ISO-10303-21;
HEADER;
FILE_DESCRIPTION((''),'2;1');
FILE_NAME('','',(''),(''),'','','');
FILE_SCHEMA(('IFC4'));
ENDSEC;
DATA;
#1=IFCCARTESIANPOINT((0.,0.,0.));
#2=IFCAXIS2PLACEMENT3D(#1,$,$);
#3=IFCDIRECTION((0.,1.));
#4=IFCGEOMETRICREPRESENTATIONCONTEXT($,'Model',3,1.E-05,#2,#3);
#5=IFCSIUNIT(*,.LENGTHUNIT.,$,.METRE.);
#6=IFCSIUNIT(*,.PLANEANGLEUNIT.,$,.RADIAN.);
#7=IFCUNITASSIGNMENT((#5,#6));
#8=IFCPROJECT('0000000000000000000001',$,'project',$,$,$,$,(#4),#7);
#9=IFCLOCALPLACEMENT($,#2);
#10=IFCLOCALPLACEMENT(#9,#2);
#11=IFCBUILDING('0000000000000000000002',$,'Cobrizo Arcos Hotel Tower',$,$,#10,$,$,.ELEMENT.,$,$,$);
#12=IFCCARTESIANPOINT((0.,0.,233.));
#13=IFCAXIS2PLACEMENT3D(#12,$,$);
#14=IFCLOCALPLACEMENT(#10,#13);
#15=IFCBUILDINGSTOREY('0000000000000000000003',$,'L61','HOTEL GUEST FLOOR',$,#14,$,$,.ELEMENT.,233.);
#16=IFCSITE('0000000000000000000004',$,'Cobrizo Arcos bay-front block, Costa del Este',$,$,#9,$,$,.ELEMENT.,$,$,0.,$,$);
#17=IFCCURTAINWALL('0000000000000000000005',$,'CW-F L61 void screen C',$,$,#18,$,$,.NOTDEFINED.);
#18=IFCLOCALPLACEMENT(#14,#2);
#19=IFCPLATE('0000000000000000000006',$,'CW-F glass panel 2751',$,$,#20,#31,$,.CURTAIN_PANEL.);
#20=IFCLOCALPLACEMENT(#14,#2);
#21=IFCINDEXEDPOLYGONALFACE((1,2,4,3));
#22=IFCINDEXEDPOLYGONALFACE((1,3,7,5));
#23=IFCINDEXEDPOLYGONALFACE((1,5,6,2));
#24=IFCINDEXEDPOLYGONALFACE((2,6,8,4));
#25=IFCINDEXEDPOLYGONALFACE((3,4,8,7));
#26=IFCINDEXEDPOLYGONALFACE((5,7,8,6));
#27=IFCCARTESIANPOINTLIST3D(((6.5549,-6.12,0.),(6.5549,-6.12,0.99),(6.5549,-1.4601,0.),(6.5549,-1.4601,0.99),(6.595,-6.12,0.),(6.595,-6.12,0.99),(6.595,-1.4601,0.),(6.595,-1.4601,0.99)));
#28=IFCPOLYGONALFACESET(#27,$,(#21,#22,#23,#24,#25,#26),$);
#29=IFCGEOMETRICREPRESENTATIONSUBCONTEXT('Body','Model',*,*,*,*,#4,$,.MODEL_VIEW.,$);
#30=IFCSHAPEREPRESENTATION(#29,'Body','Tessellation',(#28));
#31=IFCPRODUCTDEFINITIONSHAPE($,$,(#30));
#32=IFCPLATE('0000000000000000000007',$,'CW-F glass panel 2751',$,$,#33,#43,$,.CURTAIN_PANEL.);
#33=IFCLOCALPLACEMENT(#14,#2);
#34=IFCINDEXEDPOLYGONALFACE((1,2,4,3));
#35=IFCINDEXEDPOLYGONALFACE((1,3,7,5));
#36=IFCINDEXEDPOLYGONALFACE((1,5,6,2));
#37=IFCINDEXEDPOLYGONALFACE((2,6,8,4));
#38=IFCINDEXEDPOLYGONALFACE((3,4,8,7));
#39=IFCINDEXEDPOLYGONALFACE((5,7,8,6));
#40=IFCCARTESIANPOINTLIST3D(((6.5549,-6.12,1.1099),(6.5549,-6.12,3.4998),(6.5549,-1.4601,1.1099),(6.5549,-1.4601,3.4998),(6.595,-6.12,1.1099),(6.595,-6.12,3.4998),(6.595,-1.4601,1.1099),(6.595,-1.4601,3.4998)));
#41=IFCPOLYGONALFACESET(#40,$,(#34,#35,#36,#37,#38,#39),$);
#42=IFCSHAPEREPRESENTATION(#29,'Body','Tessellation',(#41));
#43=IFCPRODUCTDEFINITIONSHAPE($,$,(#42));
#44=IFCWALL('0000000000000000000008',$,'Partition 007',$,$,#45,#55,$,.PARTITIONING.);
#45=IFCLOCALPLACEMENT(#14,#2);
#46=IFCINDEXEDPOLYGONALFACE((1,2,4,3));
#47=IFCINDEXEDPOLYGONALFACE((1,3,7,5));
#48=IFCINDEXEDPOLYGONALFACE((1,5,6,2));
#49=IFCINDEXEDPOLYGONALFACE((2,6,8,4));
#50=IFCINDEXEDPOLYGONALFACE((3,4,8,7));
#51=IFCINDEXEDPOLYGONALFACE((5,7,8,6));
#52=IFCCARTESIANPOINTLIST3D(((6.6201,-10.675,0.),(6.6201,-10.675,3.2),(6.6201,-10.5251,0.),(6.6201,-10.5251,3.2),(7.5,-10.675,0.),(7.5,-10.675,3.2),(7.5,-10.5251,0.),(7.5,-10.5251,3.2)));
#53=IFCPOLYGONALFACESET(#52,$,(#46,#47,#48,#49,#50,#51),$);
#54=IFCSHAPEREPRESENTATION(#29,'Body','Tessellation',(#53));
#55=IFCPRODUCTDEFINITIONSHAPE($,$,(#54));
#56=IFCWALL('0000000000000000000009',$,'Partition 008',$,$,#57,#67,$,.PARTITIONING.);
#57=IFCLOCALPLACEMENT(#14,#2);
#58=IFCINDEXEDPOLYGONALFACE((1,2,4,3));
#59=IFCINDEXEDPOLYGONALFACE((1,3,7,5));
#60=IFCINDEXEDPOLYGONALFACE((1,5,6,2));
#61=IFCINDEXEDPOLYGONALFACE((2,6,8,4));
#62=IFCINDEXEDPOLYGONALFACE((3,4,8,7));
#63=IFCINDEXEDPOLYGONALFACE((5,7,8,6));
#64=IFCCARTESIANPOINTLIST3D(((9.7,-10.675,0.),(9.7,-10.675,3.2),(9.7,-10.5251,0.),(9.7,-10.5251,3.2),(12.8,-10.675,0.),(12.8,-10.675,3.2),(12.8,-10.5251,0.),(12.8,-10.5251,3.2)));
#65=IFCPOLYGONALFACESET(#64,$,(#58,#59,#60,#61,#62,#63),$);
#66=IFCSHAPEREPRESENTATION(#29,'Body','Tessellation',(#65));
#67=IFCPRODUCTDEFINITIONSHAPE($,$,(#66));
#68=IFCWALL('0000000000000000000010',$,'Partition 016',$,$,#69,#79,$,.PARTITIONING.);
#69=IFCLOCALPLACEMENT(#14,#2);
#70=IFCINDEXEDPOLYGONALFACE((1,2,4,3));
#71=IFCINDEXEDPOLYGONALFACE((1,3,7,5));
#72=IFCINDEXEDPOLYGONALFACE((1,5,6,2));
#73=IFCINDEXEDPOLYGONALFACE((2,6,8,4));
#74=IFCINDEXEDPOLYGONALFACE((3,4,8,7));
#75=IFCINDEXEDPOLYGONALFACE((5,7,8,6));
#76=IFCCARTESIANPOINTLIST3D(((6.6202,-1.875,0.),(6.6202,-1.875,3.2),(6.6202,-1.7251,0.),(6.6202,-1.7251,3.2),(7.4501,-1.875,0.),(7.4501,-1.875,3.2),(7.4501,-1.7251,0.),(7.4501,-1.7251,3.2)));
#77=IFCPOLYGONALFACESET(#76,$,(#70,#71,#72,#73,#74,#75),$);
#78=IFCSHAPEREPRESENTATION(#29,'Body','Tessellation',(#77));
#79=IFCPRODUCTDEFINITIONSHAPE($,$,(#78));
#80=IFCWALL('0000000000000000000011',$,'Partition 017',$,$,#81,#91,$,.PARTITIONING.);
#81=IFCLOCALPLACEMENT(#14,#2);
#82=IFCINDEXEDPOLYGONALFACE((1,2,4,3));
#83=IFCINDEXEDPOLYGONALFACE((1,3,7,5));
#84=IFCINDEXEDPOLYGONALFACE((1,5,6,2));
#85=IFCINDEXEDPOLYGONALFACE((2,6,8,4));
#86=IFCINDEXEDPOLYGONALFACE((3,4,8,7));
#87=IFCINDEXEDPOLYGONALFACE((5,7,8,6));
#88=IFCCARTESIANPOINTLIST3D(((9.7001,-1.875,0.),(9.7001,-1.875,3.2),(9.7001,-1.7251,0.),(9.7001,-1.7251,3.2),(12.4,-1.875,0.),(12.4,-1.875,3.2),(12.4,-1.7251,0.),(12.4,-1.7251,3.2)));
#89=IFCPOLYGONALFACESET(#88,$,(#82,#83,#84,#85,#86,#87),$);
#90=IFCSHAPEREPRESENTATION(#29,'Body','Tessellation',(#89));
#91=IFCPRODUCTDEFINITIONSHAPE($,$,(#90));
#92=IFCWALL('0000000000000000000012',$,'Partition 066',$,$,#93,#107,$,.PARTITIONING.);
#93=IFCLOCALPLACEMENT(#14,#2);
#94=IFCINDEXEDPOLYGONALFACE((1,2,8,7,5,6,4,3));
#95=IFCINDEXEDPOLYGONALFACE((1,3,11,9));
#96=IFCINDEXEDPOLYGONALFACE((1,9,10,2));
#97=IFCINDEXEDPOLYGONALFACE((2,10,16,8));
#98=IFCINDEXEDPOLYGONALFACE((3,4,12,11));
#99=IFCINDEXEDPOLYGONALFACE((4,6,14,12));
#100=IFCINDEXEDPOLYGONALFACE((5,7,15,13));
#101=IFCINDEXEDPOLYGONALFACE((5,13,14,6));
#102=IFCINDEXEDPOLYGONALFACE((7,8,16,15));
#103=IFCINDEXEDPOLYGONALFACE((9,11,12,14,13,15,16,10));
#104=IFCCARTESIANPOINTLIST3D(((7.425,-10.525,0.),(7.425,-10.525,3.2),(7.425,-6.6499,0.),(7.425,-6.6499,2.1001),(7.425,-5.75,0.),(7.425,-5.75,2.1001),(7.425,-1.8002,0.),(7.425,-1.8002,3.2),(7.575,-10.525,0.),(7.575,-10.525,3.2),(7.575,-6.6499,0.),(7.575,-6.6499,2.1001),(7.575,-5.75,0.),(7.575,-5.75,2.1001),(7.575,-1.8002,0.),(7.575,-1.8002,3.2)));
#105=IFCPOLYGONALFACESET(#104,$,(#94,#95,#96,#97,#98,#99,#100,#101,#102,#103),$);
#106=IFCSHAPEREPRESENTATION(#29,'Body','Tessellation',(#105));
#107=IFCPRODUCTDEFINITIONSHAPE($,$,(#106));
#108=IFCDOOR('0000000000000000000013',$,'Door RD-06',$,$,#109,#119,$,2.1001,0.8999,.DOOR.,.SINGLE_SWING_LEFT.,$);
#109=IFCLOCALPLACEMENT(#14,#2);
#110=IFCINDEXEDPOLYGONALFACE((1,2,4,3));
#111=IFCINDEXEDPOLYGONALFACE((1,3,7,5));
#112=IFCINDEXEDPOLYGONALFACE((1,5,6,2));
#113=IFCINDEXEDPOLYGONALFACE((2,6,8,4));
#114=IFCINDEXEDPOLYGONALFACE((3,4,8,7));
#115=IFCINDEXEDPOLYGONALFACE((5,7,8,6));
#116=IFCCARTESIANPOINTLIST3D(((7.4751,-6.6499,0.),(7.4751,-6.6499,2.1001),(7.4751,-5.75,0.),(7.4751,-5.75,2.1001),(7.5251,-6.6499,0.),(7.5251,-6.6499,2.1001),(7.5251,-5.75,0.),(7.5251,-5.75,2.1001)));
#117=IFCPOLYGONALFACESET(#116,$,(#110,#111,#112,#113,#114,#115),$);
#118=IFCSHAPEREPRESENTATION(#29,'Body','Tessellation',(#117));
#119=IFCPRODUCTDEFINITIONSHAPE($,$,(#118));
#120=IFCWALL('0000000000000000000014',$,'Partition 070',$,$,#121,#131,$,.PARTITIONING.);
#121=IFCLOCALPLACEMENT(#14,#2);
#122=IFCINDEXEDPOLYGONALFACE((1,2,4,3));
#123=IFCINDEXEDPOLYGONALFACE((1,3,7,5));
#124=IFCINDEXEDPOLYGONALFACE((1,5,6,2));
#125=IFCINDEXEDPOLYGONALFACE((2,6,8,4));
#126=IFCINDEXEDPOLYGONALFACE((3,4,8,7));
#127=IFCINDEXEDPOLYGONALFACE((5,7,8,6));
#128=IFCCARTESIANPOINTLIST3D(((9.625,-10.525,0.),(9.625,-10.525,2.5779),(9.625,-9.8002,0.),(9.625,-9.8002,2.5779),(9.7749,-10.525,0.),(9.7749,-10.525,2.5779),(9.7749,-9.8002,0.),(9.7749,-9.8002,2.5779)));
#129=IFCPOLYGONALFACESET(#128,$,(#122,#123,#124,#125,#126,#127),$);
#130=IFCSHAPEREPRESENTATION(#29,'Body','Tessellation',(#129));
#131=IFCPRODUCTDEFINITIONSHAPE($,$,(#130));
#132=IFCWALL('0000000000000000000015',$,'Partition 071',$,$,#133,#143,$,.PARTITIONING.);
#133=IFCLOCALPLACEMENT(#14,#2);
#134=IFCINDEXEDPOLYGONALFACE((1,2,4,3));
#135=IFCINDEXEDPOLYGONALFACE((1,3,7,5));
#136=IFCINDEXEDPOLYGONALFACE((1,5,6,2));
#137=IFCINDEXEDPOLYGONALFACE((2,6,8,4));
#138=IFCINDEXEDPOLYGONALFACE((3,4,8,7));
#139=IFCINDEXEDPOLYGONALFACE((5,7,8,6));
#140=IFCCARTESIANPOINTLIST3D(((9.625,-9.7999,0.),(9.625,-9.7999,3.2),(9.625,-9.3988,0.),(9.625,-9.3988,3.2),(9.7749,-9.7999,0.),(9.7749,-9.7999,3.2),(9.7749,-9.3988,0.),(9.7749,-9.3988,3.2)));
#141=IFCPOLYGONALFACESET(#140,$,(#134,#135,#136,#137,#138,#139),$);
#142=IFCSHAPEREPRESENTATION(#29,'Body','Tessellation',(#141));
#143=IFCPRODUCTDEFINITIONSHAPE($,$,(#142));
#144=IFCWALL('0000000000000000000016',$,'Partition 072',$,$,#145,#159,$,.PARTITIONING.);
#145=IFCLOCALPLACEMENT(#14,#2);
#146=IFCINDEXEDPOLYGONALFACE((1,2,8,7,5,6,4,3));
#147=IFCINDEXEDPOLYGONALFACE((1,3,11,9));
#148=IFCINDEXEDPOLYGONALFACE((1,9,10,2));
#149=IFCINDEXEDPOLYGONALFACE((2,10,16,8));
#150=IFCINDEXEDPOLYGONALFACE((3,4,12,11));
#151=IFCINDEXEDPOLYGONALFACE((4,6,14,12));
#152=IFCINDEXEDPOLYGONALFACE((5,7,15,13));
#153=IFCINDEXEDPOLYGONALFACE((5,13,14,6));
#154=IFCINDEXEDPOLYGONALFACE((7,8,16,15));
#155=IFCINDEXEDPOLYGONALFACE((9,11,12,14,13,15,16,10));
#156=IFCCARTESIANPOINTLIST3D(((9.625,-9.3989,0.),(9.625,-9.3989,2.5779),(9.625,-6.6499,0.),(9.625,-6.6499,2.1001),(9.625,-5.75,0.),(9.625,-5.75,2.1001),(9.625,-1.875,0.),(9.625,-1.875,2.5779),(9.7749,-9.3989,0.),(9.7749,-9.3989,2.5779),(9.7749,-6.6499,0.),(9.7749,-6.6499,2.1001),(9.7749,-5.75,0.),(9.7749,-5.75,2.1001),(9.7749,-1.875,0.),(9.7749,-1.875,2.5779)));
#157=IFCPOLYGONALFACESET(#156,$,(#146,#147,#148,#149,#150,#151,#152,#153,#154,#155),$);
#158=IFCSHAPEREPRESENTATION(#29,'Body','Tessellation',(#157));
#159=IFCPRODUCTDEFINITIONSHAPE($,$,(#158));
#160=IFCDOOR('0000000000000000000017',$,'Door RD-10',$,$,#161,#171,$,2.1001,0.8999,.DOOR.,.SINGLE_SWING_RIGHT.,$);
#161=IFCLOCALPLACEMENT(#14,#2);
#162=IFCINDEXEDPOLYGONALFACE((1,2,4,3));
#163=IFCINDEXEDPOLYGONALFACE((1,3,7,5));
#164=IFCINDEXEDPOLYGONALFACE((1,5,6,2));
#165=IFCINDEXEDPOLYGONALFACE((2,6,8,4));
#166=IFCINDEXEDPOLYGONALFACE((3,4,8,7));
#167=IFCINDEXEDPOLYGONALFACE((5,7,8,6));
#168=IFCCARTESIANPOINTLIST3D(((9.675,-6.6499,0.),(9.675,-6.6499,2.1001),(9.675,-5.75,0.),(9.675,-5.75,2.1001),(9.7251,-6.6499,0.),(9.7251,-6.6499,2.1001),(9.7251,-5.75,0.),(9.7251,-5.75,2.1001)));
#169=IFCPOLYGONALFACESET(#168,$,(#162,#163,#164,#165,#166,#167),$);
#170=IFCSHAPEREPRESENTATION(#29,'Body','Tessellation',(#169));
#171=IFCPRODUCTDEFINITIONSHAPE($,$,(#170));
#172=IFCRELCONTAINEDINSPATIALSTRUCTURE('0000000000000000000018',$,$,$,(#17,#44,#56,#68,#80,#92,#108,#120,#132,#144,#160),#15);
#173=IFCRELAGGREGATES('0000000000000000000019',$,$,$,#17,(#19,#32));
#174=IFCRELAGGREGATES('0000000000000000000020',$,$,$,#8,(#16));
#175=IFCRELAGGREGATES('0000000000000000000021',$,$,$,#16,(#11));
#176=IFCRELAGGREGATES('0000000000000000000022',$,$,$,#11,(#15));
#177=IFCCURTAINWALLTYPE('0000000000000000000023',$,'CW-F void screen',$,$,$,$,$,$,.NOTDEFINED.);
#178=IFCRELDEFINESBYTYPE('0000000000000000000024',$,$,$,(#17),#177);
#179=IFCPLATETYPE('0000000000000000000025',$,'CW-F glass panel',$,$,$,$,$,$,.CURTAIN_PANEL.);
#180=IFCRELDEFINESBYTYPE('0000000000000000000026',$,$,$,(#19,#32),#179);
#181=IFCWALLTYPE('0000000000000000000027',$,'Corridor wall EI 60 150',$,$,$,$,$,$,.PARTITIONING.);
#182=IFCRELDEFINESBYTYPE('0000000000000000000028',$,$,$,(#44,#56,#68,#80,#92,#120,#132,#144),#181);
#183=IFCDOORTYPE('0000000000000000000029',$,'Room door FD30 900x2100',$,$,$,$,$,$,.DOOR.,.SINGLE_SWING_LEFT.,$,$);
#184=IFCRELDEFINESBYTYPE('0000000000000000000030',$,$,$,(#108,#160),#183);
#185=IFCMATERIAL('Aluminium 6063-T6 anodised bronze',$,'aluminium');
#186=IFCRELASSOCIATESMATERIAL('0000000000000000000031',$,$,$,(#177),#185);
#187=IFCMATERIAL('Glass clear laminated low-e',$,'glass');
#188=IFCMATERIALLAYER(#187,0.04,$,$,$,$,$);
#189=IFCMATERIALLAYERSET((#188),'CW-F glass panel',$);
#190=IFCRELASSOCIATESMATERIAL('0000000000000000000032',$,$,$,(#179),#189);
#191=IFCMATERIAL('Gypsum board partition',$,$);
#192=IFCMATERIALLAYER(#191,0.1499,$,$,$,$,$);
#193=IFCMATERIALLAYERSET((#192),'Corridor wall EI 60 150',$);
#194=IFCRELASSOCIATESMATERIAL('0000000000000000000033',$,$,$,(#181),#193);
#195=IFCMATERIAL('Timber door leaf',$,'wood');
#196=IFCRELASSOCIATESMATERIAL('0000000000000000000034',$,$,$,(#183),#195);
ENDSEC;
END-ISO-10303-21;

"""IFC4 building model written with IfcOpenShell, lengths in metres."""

from ifc_helpers import new_model, si_unit, direction, frame, frame_2d, origin, origin_2d, place, context, subcontext, project, spatial, rectangle, extrude, material, layer, layer_set, type_object, element, fill, aggregate, save


model = new_model("IFC4")

# Units and contexts
model_context = context("Model", 3, precision=1e-05, world=origin(), true_north=direction((0.0, 1.0)))
body_context = subcontext(model_context, "Body", "Model", "MODEL_VIEW")
ifc_project = project(units=[si_unit("LENGTHUNIT", "METRE"), si_unit("PLANEANGLEUNIT", "RADIAN")], contexts=[model_context])

# Site, building, storey
site_placement = place(None, origin())
site = spatial("IfcSite", under=ifc_project, at=site_placement, Name="Cobrizo Arcos bay-front block, Costa del Este", CompositionType="ELEMENT", RefElevation=0.0)
building_placement = place(site_placement, origin())
building = spatial("IfcBuilding", under=site, at=building_placement, Name="Cobrizo Arcos Hotel Tower", CompositionType="ELEMENT")
storey_placement = place(building_placement, frame((0.0, 0.0, 233.0)))
storey = spatial("IfcBuildingStorey", under=building, at=storey_placement, Name="L61", Description="HOTEL GUEST FLOOR", CompositionType="ELEMENT", Elevation=233.0)

# Curtain wall
ifc_material_1 = material(Name="Aluminium 6063-T6 anodised bronze", Category="aluminium")
curtain_wall_type = type_object("IfcCurtainWallType", Name="CW-F void screen", PredefinedType="NOTDEFINED", material=ifc_material_1)
curtain_wall_placement = place(storey_placement, origin())
curtain_wall = element("IfcCurtainWall", 1, at=curtain_wall_placement, inside=storey, type_object=curtain_wall_type, Name="CW-F L61 void screen C", PredefinedType="NOTDEFINED")

# Plates
ifc_material_2 = material(Name="Glass clear laminated low-e", Category="glass")
ifc_layer_1 = layer(ifc_material_2, 0.04)
ifc_layer_set_1 = layer_set([ifc_layer_1], Name="CW-F glass panel")
plate_type = type_object("IfcPlateType", Name="CW-F glass panel", PredefinedType="CURTAIN_PANEL", material=ifc_layer_set_1)
plate_1_placement = place(storey_placement, frame((6.575, -3.79, 0.0), z_axis=(0.0, 0.0, 1.0), x_axis=(0.0, 1.0, 0.0)))
plate_1 = element("IfcPlate", 2, at=plate_1_placement, type_object=plate_type, Name="CW-F glass panel 2751", PredefinedType="CURTAIN_PANEL", context=body_context, shape_type="SweptSolid", body=[
    extrude(rectangle(XDim=4.6599, YDim=0.04, at=origin_2d()), origin(), (0.0, 0.0, 1.0), 0.99),
])
plate_2_placement = place(storey_placement, frame((6.575, -3.79, 1.1099), z_axis=(0.0, 0.0, 1.0), x_axis=(0.0, 1.0, 0.0)))
plate_2 = element("IfcPlate", 3, at=plate_2_placement, type_object=plate_type, Name="CW-F glass panel 2751", PredefinedType="CURTAIN_PANEL", context=body_context, shape_type="SweptSolid", body=[
    extrude(rectangle(XDim=4.6599, YDim=0.04, at=origin_2d()), origin(), (0.0, 0.0, 1.0), 2.3899),
])
aggregate(curtain_wall, [plate_1, plate_2])

# Walls
ifc_material_3 = material(Name="Gypsum board partition")
ifc_layer_2 = layer(ifc_material_3, 0.1499)
ifc_layer_set_2 = layer_set([ifc_layer_2], Name="Corridor wall EI 60 150")
wall_type_1 = type_object("IfcWallType", Name="Corridor wall EI 60 150", PredefinedType="PARTITIONING", material=ifc_layer_set_2)
wall_1_placement = place(storey_placement, frame((6.6201, -10.6001, 0.0), z_axis=(0.0, 0.0, 1.0), x_axis=(1.0, 0.0, 0.0)))
element("IfcWall", 4, at=wall_1_placement, inside=storey, type_object=wall_type_1, Name="Partition 007", PredefinedType="PARTITIONING", context=body_context, shape_type="SweptSolid", body=[
    extrude(rectangle(XDim=0.8799, YDim=0.1499, at=frame_2d((0.4399, 0.0))), origin(), (0.0, 0.0, 1.0), 3.2),
])
wall_2_placement = place(storey_placement, frame((9.7, -10.6001, 0.0), z_axis=(0.0, 0.0, 1.0), x_axis=(1.0, 0.0, 0.0)))
element("IfcWall", 5, at=wall_2_placement, inside=storey, type_object=wall_type_1, Name="Partition 008", PredefinedType="PARTITIONING", context=body_context, shape_type="SweptSolid", body=[
    extrude(rectangle(XDim=3.1001, YDim=0.1499, at=frame_2d((1.55, 0.0))), origin(), (0.0, 0.0, 1.0), 3.2),
])
wall_3_placement = place(storey_placement, frame((6.6201, -1.8, 0.0), z_axis=(0.0, 0.0, 1.0), x_axis=(1.0, 0.0, 0.0)))
element("IfcWall", 6, at=wall_3_placement, inside=storey, type_object=wall_type_1, Name="Partition 016", PredefinedType="PARTITIONING", context=body_context, shape_type="SweptSolid", body=[
    extrude(rectangle(XDim=0.8298, YDim=0.1499, at=frame_2d((0.415, 0.0))), origin(), (0.0, 0.0, 1.0), 3.2),
])
wall_4_placement = place(storey_placement, frame((9.7, -1.8, 0.0), z_axis=(0.0, 0.0, 1.0), x_axis=(1.0, 0.0, 0.0)))
element("IfcWall", 7, at=wall_4_placement, inside=storey, type_object=wall_type_1, Name="Partition 017", PredefinedType="PARTITIONING", context=body_context, shape_type="SweptSolid", body=[
    extrude(rectangle(XDim=2.7, YDim=0.1499, at=frame_2d((1.3501, 0.0))), origin(), (0.0, 0.0, 1.0), 3.2),
])

# Wall, opening, door
wall_5_placement = place(storey_placement, frame((7.5, -10.5249, 0.0), z_axis=(0.0, 0.0, 1.0), x_axis=(0.0, 1.0, 0.0)))
wall_5 = element("IfcWall", 8, at=wall_5_placement, inside=storey, type_object=wall_type_1, Name="Partition 066", PredefinedType="PARTITIONING", context=body_context, shape_type="SweptSolid", body=[
    extrude(rectangle(XDim=8.7249, YDim=0.1499, at=frame_2d((4.3623, 0.0))), origin(), (0.0, 0.0, 1.0), 3.2),
])
opening_1_placement = place(wall_5_placement, frame((3.875, 0.0, 0.0)))
opening_1 = element("IfcOpeningElement", 9, at=opening_1_placement, cuts=wall_5, PredefinedType="OPENING", context=body_context, shape_type="SweptSolid", body=[
    extrude(rectangle(XDim=0.8999, YDim=2.1001, at=frame_2d((0.45, 1.05))), frame((0.0, 0.0869, 0.0), z_axis=(0.0, -1.0, 0.0), x_axis=(1.0, 0.0, 0.0)), (0.0, 0.0, 1.0), 0.1738),
])
ifc_material_4 = material(Name="Timber door leaf", Category="wood")
door_type_1 = type_object("IfcDoorType", Name="Room door FD30 900x2100", OperationType="SINGLE_SWING_LEFT", PredefinedType="DOOR", material=ifc_material_4)
door_1_placement = place(opening_1_placement, origin())
door_1 = element("IfcDoor", 10, at=door_1_placement, inside=storey, type_object=door_type_1, Name="Door RD-06", OperationType="SINGLE_SWING_LEFT", OverallHeight=2.1001, OverallWidth=0.8999, PredefinedType="DOOR", context=body_context, shape_type="SweptSolid", body=[
    extrude(rectangle(XDim=0.8999, YDim=2.1001, at=frame_2d((0.45, 1.05))), frame((0.0, 0.0249, 0.0), z_axis=(0.0, -1.0, 0.0), x_axis=(1.0, 0.0, 0.0)), (0.0, 0.0, 1.0), 0.05),
])
fill(opening_1, door_1)

# Walls
wall_6_placement = place(storey_placement, frame((9.7, -10.5249, 0.0), z_axis=(0.0, 0.0, 1.0), x_axis=(0.0, 1.0, 0.0)))
element("IfcWall", 11, at=wall_6_placement, inside=storey, type_object=wall_type_1, Name="Partition 070", PredefinedType="PARTITIONING", context=body_context, shape_type="SweptSolid", body=[
    extrude(rectangle(XDim=0.7249, YDim=0.1499, at=frame_2d((0.3623, 0.0))), origin(), (0.0, 0.0, 1.0), 2.5779),
])
wall_7_placement = place(storey_placement, frame((9.7, -9.8, 0.0), z_axis=(0.0, 0.0, 1.0), x_axis=(0.0, 1.0, 0.0)))
element("IfcWall", 12, at=wall_7_placement, inside=storey, type_object=wall_type_1, Name="Partition 071", PredefinedType="PARTITIONING", context=body_context, shape_type="SweptSolid", body=[
    extrude(rectangle(XDim=0.4011, YDim=0.1499, at=frame_2d((0.2007, 0.0))), origin(), (0.0, 0.0, 1.0), 3.2),
])

# Wall, opening, door
wall_8_placement = place(storey_placement, frame((9.7, -9.3989, 0.0), z_axis=(0.0, 0.0, 1.0), x_axis=(0.0, 1.0, 0.0)))
wall_8 = element("IfcWall", 13, at=wall_8_placement, inside=storey, type_object=wall_type_1, Name="Partition 072", PredefinedType="PARTITIONING", context=body_context, shape_type="SweptSolid", body=[
    extrude(rectangle(XDim=7.5239, YDim=0.1499, at=frame_2d((3.762, 0.0))), origin(), (0.0, 0.0, 1.0), 2.5779),
])
opening_2_placement = place(wall_8_placement, frame((2.749, 0.0, 0.0)))
opening_2 = element("IfcOpeningElement", 14, at=opening_2_placement, cuts=wall_8, PredefinedType="OPENING", context=body_context, shape_type="SweptSolid", body=[
    extrude(rectangle(XDim=0.8999, YDim=2.1001, at=frame_2d((0.45, 1.05))), frame((0.0, 0.0869, 0.0), z_axis=(0.0, -1.0, 0.0), x_axis=(1.0, 0.0, 0.0)), (0.0, 0.0, 1.0), 0.1738),
])
door_2_placement = place(opening_2_placement, origin())
door_2 = element("IfcDoor", 15, at=door_2_placement, inside=storey, type_object=door_type_1, Name="Door RD-10", OperationType="SINGLE_SWING_RIGHT", OverallHeight=2.1001, OverallWidth=0.8999, PredefinedType="DOOR", context=body_context, shape_type="SweptSolid", body=[
    extrude(rectangle(XDim=0.8999, YDim=2.1001, at=frame_2d((0.45, 1.05))), frame((0.0, 0.0249, 0.0), z_axis=(0.0, -1.0, 0.0), x_axis=(1.0, 0.0, 0.0)), (0.0, 0.0, 1.0), 0.05),
])
fill(opening_2, door_2)

save(model, "model.ifc")
